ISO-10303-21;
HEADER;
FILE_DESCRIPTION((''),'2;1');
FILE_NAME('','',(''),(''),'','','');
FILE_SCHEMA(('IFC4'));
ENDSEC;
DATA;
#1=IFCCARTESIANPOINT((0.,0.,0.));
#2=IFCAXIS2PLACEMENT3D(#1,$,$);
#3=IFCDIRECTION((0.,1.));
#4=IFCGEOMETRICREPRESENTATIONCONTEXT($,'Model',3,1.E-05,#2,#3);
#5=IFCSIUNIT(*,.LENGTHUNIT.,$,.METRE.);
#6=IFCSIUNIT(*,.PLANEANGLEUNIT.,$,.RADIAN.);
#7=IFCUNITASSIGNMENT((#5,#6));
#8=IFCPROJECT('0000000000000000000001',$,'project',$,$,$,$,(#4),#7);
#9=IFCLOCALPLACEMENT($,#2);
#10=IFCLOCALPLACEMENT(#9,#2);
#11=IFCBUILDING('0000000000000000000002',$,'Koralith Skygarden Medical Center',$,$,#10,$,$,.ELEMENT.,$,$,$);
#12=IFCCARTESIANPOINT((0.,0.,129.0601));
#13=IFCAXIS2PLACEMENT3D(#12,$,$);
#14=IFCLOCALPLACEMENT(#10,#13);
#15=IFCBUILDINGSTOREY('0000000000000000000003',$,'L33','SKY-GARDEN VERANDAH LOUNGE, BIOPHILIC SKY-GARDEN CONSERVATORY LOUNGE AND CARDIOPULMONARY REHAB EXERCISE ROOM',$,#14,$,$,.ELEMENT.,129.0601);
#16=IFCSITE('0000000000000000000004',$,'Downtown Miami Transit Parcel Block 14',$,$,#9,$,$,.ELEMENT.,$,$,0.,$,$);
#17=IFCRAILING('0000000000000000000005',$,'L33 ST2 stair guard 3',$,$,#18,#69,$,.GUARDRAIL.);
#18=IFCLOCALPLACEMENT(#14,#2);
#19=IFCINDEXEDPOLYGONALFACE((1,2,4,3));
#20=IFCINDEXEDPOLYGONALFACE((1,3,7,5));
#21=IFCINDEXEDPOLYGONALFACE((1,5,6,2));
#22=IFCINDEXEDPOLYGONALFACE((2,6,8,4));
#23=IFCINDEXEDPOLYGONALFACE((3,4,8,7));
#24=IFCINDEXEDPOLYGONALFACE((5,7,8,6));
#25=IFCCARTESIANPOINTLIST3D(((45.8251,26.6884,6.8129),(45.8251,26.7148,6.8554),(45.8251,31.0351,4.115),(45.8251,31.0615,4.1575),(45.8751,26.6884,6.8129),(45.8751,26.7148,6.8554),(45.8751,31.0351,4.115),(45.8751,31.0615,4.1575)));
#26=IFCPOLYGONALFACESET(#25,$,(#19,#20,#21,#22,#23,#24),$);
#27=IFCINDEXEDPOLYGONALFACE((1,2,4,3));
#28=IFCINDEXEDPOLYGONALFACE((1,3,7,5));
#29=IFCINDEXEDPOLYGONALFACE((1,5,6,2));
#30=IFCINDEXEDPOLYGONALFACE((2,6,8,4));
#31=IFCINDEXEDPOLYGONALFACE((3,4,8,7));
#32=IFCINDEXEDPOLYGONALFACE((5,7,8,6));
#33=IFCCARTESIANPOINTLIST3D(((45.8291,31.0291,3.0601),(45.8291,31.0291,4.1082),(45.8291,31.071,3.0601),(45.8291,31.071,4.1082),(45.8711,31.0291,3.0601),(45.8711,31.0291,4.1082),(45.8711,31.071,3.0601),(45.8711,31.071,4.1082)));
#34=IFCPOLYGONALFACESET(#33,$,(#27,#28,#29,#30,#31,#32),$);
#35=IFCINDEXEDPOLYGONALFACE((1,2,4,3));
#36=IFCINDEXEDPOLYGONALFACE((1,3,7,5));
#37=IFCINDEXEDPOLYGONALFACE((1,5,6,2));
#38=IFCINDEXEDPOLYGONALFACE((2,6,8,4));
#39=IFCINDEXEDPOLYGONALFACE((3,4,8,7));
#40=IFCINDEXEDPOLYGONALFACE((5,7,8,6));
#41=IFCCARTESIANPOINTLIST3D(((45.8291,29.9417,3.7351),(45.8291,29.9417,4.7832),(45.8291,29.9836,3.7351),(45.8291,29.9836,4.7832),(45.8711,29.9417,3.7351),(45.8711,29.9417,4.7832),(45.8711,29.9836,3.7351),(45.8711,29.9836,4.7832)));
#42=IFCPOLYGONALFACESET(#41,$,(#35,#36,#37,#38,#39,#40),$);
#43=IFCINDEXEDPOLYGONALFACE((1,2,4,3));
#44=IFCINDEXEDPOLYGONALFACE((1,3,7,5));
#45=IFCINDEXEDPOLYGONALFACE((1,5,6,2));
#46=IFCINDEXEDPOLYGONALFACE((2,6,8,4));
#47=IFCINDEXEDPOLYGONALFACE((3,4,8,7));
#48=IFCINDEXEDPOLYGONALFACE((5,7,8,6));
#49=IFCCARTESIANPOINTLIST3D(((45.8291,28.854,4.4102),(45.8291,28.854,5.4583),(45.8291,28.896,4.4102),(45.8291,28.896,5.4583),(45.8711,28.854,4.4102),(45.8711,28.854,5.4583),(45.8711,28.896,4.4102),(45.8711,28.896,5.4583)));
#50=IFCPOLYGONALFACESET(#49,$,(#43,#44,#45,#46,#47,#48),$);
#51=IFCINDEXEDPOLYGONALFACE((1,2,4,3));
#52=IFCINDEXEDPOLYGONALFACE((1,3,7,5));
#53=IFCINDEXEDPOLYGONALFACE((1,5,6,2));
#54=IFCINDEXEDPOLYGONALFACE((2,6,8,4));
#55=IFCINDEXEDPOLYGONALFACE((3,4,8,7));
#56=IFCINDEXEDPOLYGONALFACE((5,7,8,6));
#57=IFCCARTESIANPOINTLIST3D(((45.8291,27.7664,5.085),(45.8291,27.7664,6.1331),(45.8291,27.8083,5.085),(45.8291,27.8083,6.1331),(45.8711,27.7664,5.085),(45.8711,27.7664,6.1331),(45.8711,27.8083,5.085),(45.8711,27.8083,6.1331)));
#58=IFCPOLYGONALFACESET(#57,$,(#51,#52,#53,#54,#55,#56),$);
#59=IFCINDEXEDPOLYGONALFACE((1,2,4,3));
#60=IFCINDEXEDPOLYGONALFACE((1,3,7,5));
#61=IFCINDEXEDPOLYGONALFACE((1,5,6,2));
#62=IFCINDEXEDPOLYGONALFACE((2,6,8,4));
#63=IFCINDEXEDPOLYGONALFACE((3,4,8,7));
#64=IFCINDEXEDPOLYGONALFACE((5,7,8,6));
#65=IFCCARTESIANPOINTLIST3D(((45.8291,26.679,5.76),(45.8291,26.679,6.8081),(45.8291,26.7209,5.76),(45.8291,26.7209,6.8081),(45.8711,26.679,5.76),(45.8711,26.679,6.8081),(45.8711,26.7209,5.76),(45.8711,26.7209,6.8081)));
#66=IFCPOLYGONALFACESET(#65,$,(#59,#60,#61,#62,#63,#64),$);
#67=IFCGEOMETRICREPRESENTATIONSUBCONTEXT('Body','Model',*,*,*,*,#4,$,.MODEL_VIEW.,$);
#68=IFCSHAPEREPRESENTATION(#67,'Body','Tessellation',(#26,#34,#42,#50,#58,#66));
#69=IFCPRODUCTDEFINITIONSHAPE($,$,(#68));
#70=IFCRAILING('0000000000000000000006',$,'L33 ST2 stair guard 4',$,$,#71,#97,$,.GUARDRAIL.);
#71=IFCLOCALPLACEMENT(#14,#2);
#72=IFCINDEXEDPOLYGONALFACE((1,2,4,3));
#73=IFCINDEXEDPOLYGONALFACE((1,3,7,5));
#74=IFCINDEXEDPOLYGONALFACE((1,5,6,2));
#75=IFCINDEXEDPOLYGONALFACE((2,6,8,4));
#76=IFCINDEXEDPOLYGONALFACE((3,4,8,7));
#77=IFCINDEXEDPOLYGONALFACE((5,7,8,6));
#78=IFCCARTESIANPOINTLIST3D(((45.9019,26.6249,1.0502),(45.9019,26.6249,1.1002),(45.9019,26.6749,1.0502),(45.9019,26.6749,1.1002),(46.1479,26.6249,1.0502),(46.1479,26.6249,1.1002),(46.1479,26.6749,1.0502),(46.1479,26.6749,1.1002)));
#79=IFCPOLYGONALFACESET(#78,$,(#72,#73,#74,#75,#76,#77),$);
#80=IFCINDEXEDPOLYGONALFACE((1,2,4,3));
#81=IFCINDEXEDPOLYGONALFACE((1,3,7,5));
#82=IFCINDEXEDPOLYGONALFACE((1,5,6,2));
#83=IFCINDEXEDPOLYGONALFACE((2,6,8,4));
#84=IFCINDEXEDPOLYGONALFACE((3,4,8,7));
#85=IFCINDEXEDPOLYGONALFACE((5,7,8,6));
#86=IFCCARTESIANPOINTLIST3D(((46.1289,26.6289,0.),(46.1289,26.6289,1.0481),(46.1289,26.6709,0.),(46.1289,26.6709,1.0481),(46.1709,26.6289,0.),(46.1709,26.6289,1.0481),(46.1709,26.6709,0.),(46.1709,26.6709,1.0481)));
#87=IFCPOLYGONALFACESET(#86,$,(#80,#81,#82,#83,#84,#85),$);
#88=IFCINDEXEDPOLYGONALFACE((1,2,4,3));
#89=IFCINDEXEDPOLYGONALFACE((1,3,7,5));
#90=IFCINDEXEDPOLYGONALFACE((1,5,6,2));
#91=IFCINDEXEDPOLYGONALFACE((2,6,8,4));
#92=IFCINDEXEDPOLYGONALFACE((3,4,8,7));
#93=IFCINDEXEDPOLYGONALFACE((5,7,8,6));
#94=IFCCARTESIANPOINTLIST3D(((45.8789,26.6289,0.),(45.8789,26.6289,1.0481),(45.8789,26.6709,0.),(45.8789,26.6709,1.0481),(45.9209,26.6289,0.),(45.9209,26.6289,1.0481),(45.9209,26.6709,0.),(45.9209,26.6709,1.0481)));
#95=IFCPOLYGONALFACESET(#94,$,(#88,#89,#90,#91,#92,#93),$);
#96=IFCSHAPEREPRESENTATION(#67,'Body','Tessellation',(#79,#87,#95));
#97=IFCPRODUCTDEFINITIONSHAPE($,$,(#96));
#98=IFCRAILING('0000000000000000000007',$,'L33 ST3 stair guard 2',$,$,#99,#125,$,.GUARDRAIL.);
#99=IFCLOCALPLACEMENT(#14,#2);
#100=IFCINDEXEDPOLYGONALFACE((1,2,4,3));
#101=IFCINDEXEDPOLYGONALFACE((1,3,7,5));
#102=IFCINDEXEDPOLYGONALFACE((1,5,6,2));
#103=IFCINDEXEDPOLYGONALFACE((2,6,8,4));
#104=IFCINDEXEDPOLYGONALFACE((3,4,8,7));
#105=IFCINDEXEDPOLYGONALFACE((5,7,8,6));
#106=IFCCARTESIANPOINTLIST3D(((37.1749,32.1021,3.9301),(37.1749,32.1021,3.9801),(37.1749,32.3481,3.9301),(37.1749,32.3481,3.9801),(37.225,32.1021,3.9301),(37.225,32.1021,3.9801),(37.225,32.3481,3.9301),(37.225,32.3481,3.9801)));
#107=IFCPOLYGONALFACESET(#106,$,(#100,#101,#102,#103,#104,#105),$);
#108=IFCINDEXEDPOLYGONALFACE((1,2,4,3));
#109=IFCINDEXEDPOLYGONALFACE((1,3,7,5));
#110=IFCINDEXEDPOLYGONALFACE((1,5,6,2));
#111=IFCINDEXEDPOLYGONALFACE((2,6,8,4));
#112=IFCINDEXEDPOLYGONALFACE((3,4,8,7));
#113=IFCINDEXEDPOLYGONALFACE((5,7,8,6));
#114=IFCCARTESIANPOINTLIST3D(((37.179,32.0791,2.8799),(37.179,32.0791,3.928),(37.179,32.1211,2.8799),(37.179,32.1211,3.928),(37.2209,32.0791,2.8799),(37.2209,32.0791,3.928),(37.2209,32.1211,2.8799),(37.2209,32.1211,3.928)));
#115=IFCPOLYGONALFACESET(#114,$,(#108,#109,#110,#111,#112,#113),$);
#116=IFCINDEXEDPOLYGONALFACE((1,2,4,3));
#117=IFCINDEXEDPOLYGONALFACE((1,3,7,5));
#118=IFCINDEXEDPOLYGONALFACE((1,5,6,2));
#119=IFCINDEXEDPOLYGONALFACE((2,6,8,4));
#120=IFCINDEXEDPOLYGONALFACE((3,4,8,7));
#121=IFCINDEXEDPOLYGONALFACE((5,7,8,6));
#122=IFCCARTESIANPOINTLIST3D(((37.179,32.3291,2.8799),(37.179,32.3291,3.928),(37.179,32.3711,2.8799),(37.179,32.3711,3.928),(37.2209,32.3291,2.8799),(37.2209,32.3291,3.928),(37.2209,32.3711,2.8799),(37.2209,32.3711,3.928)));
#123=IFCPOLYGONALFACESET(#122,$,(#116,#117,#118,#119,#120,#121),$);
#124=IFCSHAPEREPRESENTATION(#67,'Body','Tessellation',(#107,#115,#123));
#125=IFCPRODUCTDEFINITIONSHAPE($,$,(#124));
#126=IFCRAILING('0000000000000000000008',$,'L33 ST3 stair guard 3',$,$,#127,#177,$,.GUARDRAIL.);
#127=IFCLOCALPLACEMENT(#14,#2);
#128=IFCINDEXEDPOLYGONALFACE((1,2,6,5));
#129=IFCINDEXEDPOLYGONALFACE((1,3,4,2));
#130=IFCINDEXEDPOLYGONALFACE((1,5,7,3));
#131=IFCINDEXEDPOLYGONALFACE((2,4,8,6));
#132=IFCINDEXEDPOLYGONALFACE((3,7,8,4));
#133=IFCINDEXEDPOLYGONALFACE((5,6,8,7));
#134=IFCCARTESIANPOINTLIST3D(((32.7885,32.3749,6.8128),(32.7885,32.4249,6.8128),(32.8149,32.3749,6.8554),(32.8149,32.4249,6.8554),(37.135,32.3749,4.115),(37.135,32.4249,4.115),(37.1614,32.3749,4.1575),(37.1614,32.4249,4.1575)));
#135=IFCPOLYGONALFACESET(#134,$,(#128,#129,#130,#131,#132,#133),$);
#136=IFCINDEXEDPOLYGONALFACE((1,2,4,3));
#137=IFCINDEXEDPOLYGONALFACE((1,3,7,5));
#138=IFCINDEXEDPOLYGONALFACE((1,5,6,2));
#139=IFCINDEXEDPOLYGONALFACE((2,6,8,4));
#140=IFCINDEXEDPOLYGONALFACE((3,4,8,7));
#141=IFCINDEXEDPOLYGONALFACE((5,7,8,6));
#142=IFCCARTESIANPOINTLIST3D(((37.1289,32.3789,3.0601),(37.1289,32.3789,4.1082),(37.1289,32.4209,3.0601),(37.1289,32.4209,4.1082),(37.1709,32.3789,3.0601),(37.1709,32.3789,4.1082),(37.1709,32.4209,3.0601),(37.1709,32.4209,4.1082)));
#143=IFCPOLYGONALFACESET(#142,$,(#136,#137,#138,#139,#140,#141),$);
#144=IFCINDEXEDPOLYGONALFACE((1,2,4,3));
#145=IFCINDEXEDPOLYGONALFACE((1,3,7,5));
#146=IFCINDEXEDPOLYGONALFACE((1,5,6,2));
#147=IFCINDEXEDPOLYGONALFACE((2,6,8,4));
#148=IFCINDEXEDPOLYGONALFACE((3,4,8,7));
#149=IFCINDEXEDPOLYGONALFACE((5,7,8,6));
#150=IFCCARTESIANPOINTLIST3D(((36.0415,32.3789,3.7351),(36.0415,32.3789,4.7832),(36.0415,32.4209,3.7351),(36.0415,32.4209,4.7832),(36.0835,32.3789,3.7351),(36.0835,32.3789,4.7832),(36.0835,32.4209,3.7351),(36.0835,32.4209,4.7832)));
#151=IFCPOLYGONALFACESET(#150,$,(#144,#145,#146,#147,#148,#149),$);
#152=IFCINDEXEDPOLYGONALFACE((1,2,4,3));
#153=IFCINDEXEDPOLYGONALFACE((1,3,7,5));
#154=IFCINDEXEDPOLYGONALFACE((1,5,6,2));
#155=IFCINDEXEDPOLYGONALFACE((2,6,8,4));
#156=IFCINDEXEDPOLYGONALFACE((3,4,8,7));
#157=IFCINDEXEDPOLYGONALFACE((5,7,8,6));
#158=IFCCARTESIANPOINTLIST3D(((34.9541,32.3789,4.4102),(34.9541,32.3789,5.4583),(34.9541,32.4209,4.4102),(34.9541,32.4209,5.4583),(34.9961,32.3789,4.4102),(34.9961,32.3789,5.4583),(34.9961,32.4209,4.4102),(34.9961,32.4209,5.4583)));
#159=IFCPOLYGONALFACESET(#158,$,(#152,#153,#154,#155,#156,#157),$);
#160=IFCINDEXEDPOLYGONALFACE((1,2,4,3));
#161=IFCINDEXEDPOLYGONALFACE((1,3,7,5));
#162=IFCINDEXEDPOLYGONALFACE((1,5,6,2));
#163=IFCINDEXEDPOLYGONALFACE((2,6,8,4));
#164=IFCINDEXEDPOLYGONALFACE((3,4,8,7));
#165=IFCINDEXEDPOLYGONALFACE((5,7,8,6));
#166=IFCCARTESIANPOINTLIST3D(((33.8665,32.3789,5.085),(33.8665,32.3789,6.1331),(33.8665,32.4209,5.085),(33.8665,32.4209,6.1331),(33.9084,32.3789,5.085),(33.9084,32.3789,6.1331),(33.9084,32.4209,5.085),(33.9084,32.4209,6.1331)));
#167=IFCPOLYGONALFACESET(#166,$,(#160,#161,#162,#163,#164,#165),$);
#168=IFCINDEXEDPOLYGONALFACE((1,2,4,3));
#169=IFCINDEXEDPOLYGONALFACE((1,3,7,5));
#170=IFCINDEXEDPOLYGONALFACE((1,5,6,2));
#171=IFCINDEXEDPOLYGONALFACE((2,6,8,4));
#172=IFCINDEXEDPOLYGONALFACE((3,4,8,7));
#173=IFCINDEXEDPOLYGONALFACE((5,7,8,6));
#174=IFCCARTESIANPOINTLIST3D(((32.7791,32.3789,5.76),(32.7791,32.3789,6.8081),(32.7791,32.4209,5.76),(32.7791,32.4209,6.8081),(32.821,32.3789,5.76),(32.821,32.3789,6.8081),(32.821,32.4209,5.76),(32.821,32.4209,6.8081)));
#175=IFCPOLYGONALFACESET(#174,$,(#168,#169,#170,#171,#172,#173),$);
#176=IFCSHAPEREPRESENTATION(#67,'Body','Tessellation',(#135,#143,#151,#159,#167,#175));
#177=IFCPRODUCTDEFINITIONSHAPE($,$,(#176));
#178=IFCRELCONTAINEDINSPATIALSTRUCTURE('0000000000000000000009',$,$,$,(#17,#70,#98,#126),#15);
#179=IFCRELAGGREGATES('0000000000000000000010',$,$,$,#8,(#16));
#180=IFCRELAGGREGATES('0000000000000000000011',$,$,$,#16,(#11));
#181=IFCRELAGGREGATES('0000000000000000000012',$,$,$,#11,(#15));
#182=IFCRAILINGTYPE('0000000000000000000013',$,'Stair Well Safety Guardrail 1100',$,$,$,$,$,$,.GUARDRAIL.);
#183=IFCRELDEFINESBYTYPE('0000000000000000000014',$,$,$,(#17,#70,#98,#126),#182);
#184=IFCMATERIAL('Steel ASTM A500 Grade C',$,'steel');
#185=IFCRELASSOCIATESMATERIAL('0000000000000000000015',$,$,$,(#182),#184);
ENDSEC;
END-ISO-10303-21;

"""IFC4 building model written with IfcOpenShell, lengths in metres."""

from ifc_helpers import new_model, si_unit, direction, frame, origin, origin_2d, place, context, subcontext, project, spatial, rectangle, extrude, material, type_object, element, save


model = new_model("IFC4")

# Units and contexts
model_context = context("Model", 3, precision=1e-05, world=origin(), true_north=direction((0.0, 1.0)))
body_context = subcontext(model_context, "Body", "Model", "MODEL_VIEW")
ifc_project = project(units=[si_unit("LENGTHUNIT", "METRE"), si_unit("PLANEANGLEUNIT", "RADIAN")], contexts=[model_context])

# Site, building, storey
site_placement = place(None, origin())
site = spatial("IfcSite", under=ifc_project, at=site_placement, Name="Downtown Miami Transit Parcel Block 14", CompositionType="ELEMENT", RefElevation=0.0)
building_placement = place(site_placement, origin())
building = spatial("IfcBuilding", under=site, at=building_placement, Name="Koralith Skygarden Medical Center", CompositionType="ELEMENT")
storey_placement = place(building_placement, frame((0.0, 0.0, 129.0601)))
storey = spatial("IfcBuildingStorey", under=building, at=storey_placement, Name="L33", Description="SKY-GARDEN VERANDAH LOUNGE, BIOPHILIC SKY-GARDEN CONSERVATORY LOUNGE AND CARDIOPULMONARY REHAB EXERCISE ROOM", CompositionType="ELEMENT", Elevation=129.0601)

# Shared definitions
ifc_material_1 = material(Name="Steel ASTM A500 Grade C", Category="steel")

# Railings
railing_type_1 = type_object("IfcRailingType", Name="Stair Well Safety Guardrail 1100", PredefinedType="GUARDRAIL", material=ifc_material_1)
railing_1_placement = place(storey_placement, frame((45.8501, 31.05, 3.0601)))
element("IfcRailing", 1, at=railing_1_placement, inside=storey, type_object=railing_type_1, Name="L33 ST2 stair guard 3", PredefinedType="GUARDRAIL", context=body_context, shape_type="SweptSolid", body=[
    extrude(rectangle(XDim=0.05, YDim=0.05, at=origin_2d()), frame((0.0, -0.0017, 1.0762), z_axis=(0.0, -0.84965, 0.527347), x_axis=(1.0, 0.0, 0.0)), (0.0, 0.0, 1.0), 5.116),
    extrude(rectangle(XDim=0.042, YDim=0.042, at=origin_2d()), origin(), (0.0, 0.0, 1.0), 1.0481),
    extrude(rectangle(XDim=0.042, YDim=0.042, at=origin_2d()), frame((0.0, -1.0874, 0.675)), (0.0, 0.0, 1.0), 1.0481),
    extrude(rectangle(XDim=0.042, YDim=0.042, at=origin_2d()), frame((0.0, -2.175, 1.3501)), (0.0, 0.0, 1.0), 1.0481),
    extrude(rectangle(XDim=0.042, YDim=0.042, at=origin_2d()), frame((0.0, -3.2627, 2.0249)), (0.0, 0.0, 1.0), 1.0481),
    extrude(rectangle(XDim=0.042, YDim=0.042, at=origin_2d()), frame((0.0, -4.3501, 2.7)), (0.0, 0.0, 1.0), 1.0481),
])
railing_2_placement = place(storey_placement, frame((46.1499, 26.6499, 0.0)))
element("IfcRailing", 2, at=railing_2_placement, inside=storey, type_object=railing_type_1, Name="L33 ST2 stair guard 4", PredefinedType="GUARDRAIL", context=body_context, shape_type="SweptSolid", body=[
    extrude(rectangle(XDim=0.05, YDim=0.05, at=origin_2d()), frame((-0.002, 0.0, 1.0752), z_axis=(-1.0, 0.0, 0.0), x_axis=(0.0, -1.0, 0.0)), (0.0, 0.0, 1.0), 0.2461),
    extrude(rectangle(XDim=0.042, YDim=0.042, at=origin_2d()), origin(), (0.0, 0.0, 1.0), 1.0481),
    extrude(rectangle(XDim=0.042, YDim=0.042, at=origin_2d()), frame((-0.25, 0.0, 0.0)), (0.0, 0.0, 1.0), 1.0481),
])
railing_3_placement = place(storey_placement, frame((37.2, 32.1001, 2.8799)))
element("IfcRailing", 3, at=railing_3_placement, inside=storey, type_object=railing_type_1, Name="L33 ST3 stair guard 2", PredefinedType="GUARDRAIL", context=body_context, shape_type="SweptSolid", body=[
    extrude(rectangle(XDim=0.05, YDim=0.05, at=origin_2d()), frame((0.0, 0.002, 1.0752), z_axis=(0.0, 1.0, 0.0), x_axis=(-1.0, 0.0, 0.0)), (0.0, 0.0, 1.0), 0.2461),
    extrude(rectangle(XDim=0.042, YDim=0.042, at=origin_2d()), origin(), (0.0, 0.0, 1.0), 1.0481),
    extrude(rectangle(XDim=0.042, YDim=0.042, at=origin_2d()), frame((0.0, 0.25, 0.0)), (0.0, 0.0, 1.0), 1.0481),
])
railing_4_placement = place(storey_placement, frame((37.1499, 32.3999, 3.0601)))
element("IfcRailing", 4, at=railing_4_placement, inside=storey, type_object=railing_type_1, Name="L33 ST3 stair guard 3", PredefinedType="GUARDRAIL", context=body_context, shape_type="SweptSolid", body=[
    extrude(rectangle(XDim=0.05, YDim=0.05, at=origin_2d()), frame((-0.0017, 0.0, 1.0762), z_axis=(-0.849636, 0.0, 0.527369), x_axis=(0.0, -1.0, 0.0)), (0.0, 0.0, 1.0), 5.1157),
    extrude(rectangle(XDim=0.042, YDim=0.042, at=origin_2d()), origin(), (0.0, 0.0, 1.0), 1.0481),
    extrude(rectangle(XDim=0.042, YDim=0.042, at=origin_2d()), frame((-1.0874, 0.0, 0.675)), (0.0, 0.0, 1.0), 1.0481),
    extrude(rectangle(XDim=0.042, YDim=0.042, at=origin_2d()), frame((-2.1748, 0.0, 1.3501)), (0.0, 0.0, 1.0), 1.0481),
    extrude(rectangle(XDim=0.042, YDim=0.042, at=origin_2d()), frame((-3.2625, 0.0, 2.0249)), (0.0, 0.0, 1.0), 1.0481),
    extrude(rectangle(XDim=0.042, YDim=0.042, at=origin_2d()), frame((-4.3499, 0.0, 2.7)), (0.0, 0.0, 1.0), 1.0481),
])

save(model, "model.ifc")
